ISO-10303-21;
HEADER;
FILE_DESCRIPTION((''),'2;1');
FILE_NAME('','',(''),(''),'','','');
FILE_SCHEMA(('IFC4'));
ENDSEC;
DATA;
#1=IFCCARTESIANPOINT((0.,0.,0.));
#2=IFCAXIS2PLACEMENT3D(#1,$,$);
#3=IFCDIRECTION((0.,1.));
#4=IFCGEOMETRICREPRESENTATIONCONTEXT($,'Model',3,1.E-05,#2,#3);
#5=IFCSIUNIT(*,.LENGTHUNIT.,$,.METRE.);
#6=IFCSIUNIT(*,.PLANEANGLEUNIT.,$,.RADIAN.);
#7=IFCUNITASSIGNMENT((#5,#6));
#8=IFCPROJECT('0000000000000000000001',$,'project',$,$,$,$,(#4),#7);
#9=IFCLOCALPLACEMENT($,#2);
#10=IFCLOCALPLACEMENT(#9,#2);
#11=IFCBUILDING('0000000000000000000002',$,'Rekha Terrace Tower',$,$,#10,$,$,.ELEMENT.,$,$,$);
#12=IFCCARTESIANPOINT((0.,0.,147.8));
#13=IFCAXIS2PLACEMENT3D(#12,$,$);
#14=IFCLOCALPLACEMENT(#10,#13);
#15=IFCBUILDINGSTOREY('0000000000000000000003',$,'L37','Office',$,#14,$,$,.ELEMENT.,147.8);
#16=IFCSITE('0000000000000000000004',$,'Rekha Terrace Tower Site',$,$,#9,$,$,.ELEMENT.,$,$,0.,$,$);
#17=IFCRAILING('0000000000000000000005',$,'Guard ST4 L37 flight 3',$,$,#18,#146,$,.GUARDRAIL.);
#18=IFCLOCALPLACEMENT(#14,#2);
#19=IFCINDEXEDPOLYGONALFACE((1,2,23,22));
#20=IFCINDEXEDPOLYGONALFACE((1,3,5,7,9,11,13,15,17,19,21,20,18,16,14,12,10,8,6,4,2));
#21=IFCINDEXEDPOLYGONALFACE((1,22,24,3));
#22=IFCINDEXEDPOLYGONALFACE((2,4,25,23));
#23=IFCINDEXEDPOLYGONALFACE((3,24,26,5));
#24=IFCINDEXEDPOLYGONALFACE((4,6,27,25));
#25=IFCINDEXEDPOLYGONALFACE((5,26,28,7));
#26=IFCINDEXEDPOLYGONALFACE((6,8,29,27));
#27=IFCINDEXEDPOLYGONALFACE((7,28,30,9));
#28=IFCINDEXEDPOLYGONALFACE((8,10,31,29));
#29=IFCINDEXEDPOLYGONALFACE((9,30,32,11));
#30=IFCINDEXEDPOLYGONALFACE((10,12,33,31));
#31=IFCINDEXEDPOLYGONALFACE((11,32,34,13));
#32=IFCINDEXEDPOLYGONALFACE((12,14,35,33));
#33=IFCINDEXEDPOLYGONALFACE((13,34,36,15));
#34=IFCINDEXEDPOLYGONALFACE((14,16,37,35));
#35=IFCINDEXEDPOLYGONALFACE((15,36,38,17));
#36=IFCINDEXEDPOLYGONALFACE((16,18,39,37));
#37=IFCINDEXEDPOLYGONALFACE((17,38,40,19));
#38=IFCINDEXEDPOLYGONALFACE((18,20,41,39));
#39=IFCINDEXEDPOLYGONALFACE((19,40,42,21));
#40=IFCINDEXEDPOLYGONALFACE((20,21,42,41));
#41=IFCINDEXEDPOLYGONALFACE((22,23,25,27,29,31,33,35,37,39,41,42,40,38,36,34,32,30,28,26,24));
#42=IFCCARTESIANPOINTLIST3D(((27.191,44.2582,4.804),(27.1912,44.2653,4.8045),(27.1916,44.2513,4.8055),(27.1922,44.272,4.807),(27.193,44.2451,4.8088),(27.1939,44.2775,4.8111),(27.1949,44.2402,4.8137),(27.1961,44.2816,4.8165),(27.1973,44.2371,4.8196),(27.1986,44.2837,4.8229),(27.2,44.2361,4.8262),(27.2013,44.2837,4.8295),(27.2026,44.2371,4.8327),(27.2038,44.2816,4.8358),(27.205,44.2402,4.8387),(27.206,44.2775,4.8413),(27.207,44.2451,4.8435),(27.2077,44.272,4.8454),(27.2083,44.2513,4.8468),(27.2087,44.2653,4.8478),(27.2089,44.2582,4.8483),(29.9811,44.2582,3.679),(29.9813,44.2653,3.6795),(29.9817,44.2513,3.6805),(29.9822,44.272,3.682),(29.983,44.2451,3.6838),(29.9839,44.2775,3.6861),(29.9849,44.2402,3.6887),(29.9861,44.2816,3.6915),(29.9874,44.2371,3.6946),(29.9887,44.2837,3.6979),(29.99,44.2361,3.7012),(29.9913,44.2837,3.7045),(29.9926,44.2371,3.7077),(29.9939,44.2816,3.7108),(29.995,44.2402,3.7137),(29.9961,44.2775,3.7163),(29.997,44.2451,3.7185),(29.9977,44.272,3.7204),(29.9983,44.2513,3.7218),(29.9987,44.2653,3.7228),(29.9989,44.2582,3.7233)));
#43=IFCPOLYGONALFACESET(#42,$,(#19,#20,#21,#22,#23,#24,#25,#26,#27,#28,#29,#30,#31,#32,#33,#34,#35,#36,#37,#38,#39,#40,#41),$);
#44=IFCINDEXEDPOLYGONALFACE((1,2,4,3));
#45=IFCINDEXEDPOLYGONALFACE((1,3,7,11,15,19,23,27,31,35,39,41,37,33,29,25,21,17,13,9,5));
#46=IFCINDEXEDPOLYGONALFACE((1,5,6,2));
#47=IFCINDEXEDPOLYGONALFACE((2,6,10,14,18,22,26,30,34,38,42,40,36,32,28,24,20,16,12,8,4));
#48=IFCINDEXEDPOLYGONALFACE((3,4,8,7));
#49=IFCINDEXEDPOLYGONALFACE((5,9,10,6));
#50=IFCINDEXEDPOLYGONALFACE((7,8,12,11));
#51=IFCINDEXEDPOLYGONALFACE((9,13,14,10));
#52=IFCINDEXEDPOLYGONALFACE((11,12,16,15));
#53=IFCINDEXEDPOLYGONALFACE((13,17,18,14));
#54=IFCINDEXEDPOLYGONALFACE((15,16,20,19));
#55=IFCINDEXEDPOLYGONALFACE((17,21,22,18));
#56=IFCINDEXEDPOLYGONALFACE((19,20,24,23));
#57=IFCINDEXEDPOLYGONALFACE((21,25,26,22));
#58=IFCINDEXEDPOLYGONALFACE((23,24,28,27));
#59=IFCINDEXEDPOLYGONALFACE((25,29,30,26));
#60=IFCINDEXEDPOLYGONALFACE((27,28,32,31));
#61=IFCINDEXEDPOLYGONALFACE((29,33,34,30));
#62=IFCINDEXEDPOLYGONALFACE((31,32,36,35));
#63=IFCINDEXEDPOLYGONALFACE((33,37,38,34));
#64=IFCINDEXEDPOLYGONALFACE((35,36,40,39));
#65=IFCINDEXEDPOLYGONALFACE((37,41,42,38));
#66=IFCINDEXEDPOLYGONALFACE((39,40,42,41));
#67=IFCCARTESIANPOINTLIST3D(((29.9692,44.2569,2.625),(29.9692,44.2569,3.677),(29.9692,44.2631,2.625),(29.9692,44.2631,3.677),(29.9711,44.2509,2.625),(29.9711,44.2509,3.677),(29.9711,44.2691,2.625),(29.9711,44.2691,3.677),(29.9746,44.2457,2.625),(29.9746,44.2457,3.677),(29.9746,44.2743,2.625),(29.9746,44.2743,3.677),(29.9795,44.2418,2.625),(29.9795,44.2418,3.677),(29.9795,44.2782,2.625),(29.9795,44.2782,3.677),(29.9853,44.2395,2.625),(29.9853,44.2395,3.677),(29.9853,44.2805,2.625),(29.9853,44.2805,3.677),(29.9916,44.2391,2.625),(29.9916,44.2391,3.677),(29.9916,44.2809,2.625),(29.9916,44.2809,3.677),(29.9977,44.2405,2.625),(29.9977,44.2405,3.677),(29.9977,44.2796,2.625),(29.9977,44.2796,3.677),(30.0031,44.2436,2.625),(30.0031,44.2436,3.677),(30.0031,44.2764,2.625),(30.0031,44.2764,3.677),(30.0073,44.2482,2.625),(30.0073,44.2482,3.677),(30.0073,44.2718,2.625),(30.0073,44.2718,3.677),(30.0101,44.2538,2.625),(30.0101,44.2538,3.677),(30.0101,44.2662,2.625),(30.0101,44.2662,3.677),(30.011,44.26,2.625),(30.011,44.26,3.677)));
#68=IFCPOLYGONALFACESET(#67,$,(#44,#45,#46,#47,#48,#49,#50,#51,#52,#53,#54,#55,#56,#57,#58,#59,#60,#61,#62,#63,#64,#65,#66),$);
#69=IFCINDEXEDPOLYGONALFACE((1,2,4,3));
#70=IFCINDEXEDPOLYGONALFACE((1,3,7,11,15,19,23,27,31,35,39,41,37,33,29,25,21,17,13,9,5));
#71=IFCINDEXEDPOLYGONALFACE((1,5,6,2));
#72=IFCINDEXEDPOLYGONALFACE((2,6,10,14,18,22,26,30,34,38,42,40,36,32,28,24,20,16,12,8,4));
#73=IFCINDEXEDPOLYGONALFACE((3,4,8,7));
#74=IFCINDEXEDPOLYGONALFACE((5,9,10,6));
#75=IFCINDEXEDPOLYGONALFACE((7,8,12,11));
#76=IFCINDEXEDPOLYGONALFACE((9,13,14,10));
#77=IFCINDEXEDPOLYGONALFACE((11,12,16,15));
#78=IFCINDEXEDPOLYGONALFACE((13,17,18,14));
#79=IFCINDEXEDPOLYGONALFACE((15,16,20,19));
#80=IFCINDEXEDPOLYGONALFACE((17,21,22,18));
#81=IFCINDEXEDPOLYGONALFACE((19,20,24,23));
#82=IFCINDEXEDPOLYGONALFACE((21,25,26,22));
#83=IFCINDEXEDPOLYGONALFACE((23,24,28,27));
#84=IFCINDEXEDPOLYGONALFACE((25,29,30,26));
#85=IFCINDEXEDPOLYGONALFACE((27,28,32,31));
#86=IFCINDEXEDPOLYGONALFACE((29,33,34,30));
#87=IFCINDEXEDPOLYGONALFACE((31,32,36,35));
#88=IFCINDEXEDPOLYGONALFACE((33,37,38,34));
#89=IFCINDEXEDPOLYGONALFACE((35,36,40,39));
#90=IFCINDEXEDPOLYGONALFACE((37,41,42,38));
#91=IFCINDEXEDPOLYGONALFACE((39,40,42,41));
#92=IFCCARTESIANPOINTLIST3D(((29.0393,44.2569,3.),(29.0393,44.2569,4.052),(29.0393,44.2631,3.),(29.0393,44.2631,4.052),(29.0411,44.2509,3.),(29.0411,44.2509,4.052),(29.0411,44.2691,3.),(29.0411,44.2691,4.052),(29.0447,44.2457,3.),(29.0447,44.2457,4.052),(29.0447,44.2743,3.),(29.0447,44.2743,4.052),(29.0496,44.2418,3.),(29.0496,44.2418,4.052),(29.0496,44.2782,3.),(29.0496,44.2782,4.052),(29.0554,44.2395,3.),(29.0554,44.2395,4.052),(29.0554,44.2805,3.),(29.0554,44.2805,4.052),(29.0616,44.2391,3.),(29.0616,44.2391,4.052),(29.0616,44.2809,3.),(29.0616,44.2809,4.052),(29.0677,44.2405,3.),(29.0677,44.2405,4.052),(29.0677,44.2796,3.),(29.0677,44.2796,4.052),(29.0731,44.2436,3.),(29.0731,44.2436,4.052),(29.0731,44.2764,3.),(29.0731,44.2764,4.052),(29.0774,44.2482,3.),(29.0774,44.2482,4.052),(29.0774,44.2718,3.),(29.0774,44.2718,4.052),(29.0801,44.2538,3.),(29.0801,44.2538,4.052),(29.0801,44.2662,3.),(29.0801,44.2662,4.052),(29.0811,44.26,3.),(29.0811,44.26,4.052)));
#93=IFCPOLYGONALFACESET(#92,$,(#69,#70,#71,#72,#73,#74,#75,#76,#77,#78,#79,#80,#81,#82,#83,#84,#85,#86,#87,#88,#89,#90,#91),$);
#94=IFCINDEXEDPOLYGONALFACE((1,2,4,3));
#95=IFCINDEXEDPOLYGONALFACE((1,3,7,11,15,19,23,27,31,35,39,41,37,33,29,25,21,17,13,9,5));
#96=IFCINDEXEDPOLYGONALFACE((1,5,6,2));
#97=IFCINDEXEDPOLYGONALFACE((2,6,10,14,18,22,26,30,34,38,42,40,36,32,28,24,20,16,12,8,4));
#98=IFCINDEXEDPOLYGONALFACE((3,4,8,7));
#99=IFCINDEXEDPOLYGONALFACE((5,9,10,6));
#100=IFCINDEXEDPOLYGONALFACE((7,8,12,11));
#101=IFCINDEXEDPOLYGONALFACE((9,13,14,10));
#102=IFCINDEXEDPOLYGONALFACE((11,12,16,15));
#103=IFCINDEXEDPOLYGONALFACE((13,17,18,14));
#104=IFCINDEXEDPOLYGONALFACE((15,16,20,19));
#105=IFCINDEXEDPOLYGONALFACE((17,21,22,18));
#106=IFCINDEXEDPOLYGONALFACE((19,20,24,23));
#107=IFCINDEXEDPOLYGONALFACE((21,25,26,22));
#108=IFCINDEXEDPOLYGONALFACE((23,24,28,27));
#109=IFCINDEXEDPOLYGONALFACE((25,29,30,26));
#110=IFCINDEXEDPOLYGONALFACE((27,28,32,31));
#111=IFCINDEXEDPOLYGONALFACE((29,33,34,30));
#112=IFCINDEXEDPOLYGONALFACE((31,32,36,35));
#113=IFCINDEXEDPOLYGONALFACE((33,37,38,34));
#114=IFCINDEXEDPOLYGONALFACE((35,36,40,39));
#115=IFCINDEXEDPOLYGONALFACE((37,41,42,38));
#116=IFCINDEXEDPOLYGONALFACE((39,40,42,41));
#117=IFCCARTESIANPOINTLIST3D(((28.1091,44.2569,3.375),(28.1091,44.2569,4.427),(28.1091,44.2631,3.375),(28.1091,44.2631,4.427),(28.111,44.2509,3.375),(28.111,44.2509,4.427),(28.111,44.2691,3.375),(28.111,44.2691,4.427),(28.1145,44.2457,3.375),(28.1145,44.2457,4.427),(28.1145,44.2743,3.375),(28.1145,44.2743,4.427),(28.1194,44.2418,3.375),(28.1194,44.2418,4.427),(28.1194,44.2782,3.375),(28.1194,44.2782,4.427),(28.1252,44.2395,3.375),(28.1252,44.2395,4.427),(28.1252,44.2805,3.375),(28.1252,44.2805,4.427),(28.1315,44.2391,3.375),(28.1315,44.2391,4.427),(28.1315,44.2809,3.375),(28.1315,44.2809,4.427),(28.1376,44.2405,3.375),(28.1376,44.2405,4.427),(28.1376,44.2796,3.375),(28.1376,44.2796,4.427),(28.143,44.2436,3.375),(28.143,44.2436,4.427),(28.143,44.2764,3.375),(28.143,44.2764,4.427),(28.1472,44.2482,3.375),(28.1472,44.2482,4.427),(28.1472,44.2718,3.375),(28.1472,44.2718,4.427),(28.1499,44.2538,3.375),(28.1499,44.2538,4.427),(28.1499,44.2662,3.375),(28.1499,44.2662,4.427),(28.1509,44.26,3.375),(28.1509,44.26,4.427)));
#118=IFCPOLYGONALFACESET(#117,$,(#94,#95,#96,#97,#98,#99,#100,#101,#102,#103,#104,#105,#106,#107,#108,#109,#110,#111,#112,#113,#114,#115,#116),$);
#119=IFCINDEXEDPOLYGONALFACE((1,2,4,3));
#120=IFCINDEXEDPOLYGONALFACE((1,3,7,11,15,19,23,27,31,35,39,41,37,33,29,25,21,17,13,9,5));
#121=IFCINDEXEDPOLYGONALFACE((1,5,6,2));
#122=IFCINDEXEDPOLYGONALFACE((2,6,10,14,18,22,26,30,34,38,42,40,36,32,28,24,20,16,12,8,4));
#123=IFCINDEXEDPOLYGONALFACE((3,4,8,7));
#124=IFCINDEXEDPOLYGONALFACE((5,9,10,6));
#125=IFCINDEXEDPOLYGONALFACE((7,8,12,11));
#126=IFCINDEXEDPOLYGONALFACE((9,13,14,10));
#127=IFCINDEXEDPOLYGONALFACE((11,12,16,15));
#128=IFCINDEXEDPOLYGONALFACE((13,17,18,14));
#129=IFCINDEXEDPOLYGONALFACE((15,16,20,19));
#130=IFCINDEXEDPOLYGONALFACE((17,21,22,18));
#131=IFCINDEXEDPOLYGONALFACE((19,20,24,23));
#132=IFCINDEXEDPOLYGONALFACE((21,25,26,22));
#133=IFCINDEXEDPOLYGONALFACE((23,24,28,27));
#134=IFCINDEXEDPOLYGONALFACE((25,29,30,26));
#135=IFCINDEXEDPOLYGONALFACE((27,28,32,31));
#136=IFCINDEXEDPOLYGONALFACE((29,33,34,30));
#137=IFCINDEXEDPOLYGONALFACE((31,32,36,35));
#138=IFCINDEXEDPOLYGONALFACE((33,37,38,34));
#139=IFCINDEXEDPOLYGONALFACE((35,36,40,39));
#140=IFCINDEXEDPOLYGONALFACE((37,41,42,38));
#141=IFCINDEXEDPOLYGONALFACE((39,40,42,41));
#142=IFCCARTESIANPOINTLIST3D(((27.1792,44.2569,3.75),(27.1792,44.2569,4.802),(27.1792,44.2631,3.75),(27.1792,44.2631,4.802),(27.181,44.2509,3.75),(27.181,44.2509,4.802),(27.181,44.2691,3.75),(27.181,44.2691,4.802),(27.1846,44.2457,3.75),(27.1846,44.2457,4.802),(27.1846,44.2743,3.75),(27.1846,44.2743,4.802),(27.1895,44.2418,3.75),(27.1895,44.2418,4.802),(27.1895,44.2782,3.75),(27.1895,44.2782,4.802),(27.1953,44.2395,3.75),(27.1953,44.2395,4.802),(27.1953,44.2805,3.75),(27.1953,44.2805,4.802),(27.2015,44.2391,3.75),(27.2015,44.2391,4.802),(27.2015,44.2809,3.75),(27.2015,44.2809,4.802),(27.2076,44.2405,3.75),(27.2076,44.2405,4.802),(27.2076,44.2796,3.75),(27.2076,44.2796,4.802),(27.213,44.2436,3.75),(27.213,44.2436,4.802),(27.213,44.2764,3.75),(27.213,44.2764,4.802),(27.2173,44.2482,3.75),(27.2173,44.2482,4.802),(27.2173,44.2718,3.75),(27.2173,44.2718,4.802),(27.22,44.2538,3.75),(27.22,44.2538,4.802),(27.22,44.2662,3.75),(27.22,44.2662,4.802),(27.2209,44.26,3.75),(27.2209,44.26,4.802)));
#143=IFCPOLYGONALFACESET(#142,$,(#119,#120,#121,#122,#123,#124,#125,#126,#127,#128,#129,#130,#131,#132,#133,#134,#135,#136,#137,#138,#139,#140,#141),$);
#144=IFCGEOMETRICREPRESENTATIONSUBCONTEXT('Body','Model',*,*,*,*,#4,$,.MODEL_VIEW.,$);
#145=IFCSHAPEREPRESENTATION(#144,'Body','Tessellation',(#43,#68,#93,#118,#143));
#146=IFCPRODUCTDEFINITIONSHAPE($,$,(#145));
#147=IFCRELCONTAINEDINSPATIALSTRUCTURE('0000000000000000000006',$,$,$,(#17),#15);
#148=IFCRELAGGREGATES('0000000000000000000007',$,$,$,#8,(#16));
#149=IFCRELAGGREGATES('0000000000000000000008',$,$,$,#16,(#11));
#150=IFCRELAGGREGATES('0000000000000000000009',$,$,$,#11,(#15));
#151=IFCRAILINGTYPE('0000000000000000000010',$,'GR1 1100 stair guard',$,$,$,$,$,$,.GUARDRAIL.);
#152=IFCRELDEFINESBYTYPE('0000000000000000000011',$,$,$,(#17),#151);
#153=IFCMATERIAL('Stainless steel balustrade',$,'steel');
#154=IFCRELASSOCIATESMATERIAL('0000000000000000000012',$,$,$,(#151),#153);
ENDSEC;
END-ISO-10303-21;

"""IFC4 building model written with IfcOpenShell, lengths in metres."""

from ifc_helpers import new_model, si_unit, direction, frame, origin, origin_2d, place, context, subcontext, project, spatial, circle, extrude, material, type_object, element, save


model = new_model("IFC4")

# Units and contexts
model_context = context("Model", 3, precision=1e-05, world=origin(), true_north=direction((0.0, 1.0)))
body_context = subcontext(model_context, "Body", "Model", "MODEL_VIEW")
ifc_project = project(units=[si_unit("LENGTHUNIT", "METRE"), si_unit("PLANEANGLEUNIT", "RADIAN")], contexts=[model_context])

# Site, building, storey
site_placement = place(None, origin())
site = spatial("IfcSite", under=ifc_project, at=site_placement, Name="Rekha Terrace Tower Site", CompositionType="ELEMENT", RefElevation=0.0)
building_placement = place(site_placement, origin())
building = spatial("IfcBuilding", under=site, at=building_placement, Name="Rekha Terrace Tower", CompositionType="ELEMENT")
storey_placement = place(building_placement, frame((0.0, 0.0, 147.8)))
storey = spatial("IfcBuildingStorey", under=building, at=storey_placement, Name="L37", Description="Office", CompositionType="ELEMENT", Elevation=147.8)

# Railing
ifc_material_1 = material(Name="Stainless steel balustrade", Category="steel")
railing_type_1 = type_object("IfcRailingType", Name="GR1 1100 stair guard", PredefinedType="GUARDRAIL", material=ifc_material_1)
railing_1_placement = place(storey_placement, frame((29.99, 44.26, 2.625)))
element("IfcRailing", 1, at=railing_1_placement, inside=storey, type_object=railing_type_1, Name="Guard ST4 L37 flight 3", PredefinedType="GUARDRAIL", context=body_context, shape_type="SweptSolid", body=[
    extrude(circle(Radius=0.0239, at=origin_2d()), frame((0.0, 0.0, 1.0762), z_axis=(-0.927443, 0.0, 0.373964), x_axis=(0.0, -1.0, 0.0)), (0.0, 0.0, 1.0), 3.0083),
    extrude(circle(Radius=0.021, at=origin_2d()), origin(), (0.0, 0.0, 1.0), 1.052),
    extrude(circle(Radius=0.021, at=origin_2d()), frame((-0.9299, 0.0, 0.375)), (0.0, 0.0, 1.0), 1.052),
    extrude(circle(Radius=0.021, at=origin_2d()), frame((-1.8601, 0.0, 0.75)), (0.0, 0.0, 1.0), 1.052),
    extrude(circle(Radius=0.021, at=origin_2d()), frame((-2.79, 0.0, 1.125)), (0.0, 0.0, 1.0), 1.052),
])

save(model, "model.ifc")
